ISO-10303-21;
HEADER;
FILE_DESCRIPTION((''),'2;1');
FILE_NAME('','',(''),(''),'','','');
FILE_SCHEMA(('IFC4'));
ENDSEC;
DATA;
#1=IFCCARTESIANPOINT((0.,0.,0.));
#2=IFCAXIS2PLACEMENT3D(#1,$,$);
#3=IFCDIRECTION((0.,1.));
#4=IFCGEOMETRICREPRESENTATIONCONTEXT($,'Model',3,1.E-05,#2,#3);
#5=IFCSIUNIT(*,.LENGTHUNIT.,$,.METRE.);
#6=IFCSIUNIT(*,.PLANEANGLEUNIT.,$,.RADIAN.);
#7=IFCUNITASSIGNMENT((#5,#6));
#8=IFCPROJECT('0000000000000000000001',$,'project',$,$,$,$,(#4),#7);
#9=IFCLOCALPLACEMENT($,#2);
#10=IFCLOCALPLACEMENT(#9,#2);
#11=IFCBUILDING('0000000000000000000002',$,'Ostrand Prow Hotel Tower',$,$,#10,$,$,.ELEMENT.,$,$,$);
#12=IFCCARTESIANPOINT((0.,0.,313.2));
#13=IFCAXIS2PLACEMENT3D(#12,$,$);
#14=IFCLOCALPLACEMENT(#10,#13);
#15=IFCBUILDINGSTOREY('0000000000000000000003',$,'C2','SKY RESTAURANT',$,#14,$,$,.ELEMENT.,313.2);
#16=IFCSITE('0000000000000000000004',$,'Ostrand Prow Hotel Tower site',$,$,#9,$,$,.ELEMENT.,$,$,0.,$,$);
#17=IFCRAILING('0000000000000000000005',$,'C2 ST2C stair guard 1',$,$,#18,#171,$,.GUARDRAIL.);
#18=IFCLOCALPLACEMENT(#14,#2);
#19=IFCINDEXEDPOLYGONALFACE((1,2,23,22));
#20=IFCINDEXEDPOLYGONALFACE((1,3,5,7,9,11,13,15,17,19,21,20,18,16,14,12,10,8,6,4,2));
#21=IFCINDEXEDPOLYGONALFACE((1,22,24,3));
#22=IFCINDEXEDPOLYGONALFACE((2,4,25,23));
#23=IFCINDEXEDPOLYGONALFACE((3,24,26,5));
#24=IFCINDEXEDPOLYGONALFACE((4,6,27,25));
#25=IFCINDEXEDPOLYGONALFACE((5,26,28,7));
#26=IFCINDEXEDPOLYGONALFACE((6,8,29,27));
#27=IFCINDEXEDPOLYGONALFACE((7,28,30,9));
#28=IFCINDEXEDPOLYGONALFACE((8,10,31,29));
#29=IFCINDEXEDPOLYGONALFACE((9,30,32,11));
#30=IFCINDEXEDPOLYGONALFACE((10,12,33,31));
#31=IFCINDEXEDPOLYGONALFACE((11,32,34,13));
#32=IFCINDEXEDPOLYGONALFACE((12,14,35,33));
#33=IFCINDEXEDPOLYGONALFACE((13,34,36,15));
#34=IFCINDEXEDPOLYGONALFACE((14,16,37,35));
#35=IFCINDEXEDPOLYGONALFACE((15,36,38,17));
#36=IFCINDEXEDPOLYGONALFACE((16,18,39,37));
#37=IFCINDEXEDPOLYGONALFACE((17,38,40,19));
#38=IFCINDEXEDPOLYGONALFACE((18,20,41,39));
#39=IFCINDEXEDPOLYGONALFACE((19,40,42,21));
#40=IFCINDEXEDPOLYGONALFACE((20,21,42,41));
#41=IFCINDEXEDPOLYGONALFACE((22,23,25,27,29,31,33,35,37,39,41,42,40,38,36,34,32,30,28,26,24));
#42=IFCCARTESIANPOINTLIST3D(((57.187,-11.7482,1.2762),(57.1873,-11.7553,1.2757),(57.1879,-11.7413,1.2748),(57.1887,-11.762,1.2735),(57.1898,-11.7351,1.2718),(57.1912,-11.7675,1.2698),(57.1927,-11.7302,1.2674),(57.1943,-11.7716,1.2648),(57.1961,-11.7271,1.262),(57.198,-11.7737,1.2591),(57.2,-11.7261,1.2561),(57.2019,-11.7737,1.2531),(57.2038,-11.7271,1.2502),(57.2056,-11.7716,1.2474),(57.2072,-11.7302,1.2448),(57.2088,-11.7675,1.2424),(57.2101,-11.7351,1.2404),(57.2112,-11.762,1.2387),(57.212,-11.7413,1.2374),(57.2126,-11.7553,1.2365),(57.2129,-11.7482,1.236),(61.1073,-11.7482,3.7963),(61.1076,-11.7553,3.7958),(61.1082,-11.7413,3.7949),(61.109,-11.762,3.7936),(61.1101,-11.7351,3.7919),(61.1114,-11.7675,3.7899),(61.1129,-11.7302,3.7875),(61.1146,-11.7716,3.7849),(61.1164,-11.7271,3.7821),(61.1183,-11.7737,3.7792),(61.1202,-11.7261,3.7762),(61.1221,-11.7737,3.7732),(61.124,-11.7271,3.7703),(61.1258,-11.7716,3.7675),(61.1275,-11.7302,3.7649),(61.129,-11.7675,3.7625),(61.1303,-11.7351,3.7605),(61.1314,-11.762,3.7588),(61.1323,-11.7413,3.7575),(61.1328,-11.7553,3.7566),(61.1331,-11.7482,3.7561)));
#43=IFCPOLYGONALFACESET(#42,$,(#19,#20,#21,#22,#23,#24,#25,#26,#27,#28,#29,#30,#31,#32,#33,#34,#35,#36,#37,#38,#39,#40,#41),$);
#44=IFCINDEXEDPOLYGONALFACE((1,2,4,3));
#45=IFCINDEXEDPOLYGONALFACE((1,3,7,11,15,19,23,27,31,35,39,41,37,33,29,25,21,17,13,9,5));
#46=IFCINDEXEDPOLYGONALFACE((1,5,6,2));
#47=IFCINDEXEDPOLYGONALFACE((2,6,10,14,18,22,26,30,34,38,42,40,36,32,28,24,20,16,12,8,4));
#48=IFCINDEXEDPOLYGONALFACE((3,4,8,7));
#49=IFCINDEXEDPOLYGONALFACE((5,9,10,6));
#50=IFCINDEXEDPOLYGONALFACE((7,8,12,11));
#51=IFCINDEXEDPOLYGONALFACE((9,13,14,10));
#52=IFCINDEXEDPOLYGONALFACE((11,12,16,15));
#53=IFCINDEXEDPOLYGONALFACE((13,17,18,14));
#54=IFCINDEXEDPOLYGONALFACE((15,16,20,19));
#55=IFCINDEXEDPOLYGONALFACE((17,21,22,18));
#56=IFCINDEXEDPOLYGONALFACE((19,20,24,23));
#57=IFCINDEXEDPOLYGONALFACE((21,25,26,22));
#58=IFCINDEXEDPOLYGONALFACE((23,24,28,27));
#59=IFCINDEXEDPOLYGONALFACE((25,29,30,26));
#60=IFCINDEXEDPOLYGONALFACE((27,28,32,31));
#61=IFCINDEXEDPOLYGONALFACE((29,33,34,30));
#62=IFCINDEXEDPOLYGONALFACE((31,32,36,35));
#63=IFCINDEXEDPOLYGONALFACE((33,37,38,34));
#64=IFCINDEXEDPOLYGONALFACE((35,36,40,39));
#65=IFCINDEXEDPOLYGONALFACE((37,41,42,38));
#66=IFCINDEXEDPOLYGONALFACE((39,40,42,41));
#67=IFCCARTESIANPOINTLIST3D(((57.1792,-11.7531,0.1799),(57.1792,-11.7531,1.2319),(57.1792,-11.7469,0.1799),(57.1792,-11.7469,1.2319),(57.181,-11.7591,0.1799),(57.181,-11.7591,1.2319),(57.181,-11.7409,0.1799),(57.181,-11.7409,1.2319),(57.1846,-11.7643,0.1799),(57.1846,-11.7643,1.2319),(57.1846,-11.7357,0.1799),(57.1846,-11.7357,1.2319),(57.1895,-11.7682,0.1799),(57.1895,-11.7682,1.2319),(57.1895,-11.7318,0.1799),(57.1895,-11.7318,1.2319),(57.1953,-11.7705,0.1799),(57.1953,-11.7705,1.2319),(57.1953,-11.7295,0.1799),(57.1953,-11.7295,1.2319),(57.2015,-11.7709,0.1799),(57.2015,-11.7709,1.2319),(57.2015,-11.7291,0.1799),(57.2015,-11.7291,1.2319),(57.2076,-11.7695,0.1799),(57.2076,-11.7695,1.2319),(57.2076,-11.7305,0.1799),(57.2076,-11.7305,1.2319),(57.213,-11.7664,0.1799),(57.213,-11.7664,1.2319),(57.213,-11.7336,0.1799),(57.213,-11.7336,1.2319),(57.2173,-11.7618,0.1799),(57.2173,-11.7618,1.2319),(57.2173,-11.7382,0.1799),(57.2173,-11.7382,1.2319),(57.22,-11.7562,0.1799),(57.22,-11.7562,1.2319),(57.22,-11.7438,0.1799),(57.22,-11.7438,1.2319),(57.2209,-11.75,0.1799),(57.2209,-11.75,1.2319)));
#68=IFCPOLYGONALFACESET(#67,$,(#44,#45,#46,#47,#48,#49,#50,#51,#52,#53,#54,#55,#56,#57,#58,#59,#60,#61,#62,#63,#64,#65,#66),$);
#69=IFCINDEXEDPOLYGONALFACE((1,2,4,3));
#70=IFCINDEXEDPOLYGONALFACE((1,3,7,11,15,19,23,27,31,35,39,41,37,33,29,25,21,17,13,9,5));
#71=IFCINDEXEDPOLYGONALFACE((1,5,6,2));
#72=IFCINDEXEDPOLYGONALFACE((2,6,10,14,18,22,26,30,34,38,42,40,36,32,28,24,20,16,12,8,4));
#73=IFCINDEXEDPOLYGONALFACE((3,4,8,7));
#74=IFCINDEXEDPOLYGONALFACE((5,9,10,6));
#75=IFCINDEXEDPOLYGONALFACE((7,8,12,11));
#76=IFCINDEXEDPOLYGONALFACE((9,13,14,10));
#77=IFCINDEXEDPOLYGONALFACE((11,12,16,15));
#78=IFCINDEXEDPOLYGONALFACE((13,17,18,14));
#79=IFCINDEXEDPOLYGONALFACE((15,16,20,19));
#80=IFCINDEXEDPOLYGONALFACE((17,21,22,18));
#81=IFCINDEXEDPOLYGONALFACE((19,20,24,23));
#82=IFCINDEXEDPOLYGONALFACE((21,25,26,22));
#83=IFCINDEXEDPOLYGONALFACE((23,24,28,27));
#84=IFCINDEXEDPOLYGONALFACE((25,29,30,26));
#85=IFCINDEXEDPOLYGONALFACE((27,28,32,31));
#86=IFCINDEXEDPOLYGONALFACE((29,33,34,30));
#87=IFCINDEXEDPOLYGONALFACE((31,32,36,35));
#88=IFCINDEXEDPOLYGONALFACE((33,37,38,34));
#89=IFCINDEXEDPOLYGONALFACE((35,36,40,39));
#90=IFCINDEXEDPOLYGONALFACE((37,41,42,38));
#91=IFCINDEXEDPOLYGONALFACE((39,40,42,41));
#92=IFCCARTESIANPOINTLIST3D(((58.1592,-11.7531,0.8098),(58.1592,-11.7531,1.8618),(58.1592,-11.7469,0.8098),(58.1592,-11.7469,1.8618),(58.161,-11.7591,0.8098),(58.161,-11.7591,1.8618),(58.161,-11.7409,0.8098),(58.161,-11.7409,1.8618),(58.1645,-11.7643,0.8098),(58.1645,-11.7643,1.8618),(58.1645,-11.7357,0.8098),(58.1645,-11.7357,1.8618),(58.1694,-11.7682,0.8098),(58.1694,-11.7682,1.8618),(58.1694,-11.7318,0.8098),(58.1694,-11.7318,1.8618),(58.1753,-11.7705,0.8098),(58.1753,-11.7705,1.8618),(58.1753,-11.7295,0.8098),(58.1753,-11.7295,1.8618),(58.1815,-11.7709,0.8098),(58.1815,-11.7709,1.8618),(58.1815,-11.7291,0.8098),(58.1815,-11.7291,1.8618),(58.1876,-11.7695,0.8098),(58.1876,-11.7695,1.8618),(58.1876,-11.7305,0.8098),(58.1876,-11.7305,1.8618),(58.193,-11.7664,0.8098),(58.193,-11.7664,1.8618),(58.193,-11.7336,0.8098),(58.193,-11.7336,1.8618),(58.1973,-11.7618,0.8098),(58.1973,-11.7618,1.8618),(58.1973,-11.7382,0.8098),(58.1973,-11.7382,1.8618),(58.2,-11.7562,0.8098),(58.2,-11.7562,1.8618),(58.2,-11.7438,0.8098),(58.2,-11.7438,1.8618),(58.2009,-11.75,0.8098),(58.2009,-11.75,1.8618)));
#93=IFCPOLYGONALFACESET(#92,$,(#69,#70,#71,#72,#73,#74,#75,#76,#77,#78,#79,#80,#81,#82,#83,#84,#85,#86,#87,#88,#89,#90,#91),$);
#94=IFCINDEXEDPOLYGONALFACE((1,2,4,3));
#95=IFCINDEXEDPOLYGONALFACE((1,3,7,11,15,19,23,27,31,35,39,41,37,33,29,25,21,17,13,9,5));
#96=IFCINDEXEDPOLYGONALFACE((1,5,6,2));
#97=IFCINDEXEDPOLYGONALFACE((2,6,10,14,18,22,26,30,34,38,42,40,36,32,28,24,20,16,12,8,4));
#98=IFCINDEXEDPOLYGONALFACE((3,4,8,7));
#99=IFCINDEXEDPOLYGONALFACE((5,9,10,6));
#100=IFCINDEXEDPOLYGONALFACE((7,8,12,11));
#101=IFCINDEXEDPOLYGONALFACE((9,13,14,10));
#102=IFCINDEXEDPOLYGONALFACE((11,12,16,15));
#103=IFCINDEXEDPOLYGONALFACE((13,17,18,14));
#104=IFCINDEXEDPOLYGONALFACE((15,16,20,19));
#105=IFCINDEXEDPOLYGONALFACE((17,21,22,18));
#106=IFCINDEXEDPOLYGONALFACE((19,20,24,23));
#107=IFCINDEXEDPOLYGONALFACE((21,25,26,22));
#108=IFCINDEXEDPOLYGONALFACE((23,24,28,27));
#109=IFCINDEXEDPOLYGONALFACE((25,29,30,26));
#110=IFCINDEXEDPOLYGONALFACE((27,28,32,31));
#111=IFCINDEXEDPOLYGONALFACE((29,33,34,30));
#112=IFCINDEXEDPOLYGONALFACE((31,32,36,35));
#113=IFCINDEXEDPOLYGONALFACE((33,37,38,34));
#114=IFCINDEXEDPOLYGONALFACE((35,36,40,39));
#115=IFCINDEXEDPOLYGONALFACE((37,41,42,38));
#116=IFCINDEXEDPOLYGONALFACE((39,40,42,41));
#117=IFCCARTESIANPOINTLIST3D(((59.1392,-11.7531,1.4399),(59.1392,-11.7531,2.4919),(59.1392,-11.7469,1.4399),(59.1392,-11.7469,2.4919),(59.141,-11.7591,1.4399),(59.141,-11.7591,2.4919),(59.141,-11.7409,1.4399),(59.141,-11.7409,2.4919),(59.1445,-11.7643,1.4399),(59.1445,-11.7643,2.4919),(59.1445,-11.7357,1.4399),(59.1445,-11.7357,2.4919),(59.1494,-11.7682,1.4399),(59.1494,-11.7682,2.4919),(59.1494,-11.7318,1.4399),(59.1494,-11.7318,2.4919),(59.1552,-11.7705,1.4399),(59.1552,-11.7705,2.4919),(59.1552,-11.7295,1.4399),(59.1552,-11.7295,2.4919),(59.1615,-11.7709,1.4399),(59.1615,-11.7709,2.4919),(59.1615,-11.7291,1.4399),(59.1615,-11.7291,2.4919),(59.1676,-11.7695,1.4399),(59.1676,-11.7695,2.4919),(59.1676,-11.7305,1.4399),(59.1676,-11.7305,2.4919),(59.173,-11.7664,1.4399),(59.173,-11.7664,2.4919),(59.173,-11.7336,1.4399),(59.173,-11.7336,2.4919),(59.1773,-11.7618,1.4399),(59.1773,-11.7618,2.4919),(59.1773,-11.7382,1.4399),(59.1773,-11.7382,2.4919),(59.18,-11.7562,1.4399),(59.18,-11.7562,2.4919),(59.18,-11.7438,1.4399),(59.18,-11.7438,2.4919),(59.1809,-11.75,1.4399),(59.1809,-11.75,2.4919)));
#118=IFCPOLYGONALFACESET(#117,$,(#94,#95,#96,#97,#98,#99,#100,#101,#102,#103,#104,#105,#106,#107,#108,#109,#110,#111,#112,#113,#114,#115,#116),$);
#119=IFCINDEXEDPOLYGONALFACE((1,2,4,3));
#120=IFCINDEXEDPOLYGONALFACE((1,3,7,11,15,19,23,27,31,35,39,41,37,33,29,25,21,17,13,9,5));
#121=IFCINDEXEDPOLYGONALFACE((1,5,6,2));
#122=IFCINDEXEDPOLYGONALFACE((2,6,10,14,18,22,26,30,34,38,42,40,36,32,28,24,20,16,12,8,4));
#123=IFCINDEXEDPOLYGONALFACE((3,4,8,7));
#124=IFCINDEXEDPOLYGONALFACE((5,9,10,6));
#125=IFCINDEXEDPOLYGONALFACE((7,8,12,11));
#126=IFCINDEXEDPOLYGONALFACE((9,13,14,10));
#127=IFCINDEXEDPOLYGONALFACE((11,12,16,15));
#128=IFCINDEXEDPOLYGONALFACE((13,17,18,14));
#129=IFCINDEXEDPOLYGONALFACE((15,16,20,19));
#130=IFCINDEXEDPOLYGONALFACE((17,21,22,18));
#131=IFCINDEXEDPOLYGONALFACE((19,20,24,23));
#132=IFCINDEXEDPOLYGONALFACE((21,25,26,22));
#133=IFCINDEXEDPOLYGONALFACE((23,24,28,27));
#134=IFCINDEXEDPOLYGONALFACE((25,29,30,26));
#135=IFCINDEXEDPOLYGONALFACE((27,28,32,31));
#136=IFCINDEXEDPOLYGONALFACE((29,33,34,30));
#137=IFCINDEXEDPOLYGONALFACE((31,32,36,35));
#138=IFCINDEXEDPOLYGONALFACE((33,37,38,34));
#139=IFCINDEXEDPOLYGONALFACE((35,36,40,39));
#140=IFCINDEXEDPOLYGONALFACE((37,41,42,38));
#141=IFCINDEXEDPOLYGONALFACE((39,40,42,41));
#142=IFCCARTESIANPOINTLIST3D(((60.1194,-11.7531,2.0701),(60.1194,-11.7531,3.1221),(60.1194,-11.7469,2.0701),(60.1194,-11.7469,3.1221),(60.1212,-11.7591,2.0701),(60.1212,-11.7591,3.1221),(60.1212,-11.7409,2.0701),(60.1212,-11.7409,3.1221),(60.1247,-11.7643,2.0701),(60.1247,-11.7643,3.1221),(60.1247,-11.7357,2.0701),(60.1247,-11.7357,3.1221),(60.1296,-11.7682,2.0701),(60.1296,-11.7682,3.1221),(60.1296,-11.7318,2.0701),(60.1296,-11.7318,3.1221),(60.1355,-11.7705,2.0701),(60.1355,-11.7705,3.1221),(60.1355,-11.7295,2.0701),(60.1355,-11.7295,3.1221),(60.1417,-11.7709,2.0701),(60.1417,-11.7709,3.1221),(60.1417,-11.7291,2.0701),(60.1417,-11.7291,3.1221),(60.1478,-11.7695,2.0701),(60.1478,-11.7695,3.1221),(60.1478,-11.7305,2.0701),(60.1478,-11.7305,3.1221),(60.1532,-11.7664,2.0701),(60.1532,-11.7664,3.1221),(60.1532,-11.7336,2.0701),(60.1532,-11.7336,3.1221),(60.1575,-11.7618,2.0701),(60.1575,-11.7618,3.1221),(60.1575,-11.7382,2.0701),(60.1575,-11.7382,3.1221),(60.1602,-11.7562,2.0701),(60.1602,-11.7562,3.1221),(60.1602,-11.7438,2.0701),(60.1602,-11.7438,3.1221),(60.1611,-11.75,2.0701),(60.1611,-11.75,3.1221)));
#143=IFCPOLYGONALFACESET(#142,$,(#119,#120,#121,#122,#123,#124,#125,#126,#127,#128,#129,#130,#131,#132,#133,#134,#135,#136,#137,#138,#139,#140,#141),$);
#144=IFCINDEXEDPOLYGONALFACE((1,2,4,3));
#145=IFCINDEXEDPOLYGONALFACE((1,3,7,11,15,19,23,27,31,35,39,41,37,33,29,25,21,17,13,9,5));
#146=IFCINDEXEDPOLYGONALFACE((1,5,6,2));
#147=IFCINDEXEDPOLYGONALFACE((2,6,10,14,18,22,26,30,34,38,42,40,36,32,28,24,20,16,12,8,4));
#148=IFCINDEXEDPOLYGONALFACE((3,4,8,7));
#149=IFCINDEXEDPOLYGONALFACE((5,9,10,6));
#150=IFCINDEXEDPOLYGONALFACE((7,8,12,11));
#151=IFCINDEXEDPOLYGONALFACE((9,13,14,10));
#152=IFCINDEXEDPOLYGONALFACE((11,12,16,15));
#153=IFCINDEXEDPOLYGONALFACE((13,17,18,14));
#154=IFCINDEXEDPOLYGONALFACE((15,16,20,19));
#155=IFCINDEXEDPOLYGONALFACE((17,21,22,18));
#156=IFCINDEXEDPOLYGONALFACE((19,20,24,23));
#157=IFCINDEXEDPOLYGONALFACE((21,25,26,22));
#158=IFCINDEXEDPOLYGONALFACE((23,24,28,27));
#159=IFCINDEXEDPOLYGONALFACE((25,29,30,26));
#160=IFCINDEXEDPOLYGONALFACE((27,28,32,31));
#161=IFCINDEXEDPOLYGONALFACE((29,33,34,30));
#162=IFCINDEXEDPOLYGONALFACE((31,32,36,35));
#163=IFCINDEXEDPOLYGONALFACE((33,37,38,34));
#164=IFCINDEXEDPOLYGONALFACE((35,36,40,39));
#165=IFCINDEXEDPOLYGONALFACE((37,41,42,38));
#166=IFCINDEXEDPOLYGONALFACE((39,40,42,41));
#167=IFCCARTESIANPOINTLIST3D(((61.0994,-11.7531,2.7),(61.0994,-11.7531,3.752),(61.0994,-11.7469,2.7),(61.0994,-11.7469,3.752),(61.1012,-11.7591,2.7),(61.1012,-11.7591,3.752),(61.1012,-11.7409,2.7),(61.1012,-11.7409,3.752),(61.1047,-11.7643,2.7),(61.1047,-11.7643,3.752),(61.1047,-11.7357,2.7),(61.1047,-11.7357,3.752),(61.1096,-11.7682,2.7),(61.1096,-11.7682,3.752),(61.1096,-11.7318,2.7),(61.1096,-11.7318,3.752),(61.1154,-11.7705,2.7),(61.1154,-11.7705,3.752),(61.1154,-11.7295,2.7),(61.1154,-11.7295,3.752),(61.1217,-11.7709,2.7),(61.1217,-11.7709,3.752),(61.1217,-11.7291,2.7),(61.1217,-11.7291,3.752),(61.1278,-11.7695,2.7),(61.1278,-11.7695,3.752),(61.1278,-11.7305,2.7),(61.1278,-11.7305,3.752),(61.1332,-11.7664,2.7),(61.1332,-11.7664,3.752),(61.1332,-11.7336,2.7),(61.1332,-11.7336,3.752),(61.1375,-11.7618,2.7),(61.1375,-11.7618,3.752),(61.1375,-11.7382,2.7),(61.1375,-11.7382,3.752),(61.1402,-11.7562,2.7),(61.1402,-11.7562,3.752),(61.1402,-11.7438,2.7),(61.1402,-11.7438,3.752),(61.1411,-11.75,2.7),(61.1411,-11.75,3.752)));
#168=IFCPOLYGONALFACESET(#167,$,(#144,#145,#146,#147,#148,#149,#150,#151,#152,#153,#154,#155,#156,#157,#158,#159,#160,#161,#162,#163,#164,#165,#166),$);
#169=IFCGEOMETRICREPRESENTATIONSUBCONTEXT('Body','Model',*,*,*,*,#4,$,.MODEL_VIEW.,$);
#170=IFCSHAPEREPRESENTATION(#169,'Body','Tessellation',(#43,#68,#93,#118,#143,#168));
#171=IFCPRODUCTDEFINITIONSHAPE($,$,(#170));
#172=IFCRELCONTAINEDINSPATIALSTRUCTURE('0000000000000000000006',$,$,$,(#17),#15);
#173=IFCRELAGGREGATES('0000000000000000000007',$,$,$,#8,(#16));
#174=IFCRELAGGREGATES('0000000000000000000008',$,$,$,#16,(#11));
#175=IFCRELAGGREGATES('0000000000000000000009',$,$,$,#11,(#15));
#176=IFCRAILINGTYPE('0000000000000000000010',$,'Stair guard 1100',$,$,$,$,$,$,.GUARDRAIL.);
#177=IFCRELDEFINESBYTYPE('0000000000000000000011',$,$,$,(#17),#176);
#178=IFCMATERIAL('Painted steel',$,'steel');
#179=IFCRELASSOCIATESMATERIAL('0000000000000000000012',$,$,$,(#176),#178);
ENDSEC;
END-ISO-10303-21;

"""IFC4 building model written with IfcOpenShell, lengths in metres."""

from ifc_helpers import new_model, si_unit, direction, frame, origin, origin_2d, place, context, subcontext, project, spatial, circle, extrude, material, type_object, element, save


model = new_model("IFC4")

# Units and contexts
model_context = context("Model", 3, precision=1e-05, world=origin(), true_north=direction((0.0, 1.0)))
body_context = subcontext(model_context, "Body", "Model", "MODEL_VIEW")
ifc_project = project(units=[si_unit("LENGTHUNIT", "METRE"), si_unit("PLANEANGLEUNIT", "RADIAN")], contexts=[model_context])

# Site, building, storey
site_placement = place(None, origin())
site = spatial("IfcSite", under=ifc_project, at=site_placement, Name="Ostrand Prow Hotel Tower site", CompositionType="ELEMENT", RefElevation=0.0)
building_placement = place(site_placement, origin())
building = spatial("IfcBuilding", under=site, at=building_placement, Name="Ostrand Prow Hotel Tower", CompositionType="ELEMENT")
storey_placement = place(building_placement, frame((0.0, 0.0, 313.2)))
storey = spatial("IfcBuildingStorey", under=building, at=storey_placement, Name="C2", Description="SKY RESTAURANT", CompositionType="ELEMENT", Elevation=313.2)

# Railing
ifc_material_1 = material(Name="Painted steel", Category="steel")
railing_type_1 = type_object("IfcRailingType", Name="Stair guard 1100", PredefinedType="GUARDRAIL", material=ifc_material_1)
railing_1_placement = place(storey_placement, frame((57.2, -11.75, 0.1799)))
element("IfcRailing", 1, at=railing_1_placement, inside=storey, type_object=railing_type_1, Name="C2 ST2C stair guard 1", PredefinedType="GUARDRAIL", context=body_context, shape_type="SweptSolid", body=[
    extrude(circle(Radius=0.0239, at=origin_2d()), frame((0.0, 0.0, 1.0762), z_axis=(0.841187, 0.0, 0.540744), x_axis=(0.0, 1.0, 0.0)), (0.0, 0.0, 1.0), 4.6604),
    extrude(circle(Radius=0.021, at=origin_2d()), origin(), (0.0, 0.0, 1.0), 1.052),
    extrude(circle(Radius=0.021, at=origin_2d()), frame((0.98, 0.0, 0.6299)), (0.0, 0.0, 1.0), 1.052),
    extrude(circle(Radius=0.021, at=origin_2d()), frame((1.96, 0.0, 1.26)), (0.0, 0.0, 1.0), 1.052),
    extrude(circle(Radius=0.021, at=origin_2d()), frame((2.9402, 0.0, 1.8901)), (0.0, 0.0, 1.0), 1.052),
    extrude(circle(Radius=0.021, at=origin_2d()), frame((3.9202, 0.0, 2.52)), (0.0, 0.0, 1.0), 1.052),
])

save(model, "model.ifc")
